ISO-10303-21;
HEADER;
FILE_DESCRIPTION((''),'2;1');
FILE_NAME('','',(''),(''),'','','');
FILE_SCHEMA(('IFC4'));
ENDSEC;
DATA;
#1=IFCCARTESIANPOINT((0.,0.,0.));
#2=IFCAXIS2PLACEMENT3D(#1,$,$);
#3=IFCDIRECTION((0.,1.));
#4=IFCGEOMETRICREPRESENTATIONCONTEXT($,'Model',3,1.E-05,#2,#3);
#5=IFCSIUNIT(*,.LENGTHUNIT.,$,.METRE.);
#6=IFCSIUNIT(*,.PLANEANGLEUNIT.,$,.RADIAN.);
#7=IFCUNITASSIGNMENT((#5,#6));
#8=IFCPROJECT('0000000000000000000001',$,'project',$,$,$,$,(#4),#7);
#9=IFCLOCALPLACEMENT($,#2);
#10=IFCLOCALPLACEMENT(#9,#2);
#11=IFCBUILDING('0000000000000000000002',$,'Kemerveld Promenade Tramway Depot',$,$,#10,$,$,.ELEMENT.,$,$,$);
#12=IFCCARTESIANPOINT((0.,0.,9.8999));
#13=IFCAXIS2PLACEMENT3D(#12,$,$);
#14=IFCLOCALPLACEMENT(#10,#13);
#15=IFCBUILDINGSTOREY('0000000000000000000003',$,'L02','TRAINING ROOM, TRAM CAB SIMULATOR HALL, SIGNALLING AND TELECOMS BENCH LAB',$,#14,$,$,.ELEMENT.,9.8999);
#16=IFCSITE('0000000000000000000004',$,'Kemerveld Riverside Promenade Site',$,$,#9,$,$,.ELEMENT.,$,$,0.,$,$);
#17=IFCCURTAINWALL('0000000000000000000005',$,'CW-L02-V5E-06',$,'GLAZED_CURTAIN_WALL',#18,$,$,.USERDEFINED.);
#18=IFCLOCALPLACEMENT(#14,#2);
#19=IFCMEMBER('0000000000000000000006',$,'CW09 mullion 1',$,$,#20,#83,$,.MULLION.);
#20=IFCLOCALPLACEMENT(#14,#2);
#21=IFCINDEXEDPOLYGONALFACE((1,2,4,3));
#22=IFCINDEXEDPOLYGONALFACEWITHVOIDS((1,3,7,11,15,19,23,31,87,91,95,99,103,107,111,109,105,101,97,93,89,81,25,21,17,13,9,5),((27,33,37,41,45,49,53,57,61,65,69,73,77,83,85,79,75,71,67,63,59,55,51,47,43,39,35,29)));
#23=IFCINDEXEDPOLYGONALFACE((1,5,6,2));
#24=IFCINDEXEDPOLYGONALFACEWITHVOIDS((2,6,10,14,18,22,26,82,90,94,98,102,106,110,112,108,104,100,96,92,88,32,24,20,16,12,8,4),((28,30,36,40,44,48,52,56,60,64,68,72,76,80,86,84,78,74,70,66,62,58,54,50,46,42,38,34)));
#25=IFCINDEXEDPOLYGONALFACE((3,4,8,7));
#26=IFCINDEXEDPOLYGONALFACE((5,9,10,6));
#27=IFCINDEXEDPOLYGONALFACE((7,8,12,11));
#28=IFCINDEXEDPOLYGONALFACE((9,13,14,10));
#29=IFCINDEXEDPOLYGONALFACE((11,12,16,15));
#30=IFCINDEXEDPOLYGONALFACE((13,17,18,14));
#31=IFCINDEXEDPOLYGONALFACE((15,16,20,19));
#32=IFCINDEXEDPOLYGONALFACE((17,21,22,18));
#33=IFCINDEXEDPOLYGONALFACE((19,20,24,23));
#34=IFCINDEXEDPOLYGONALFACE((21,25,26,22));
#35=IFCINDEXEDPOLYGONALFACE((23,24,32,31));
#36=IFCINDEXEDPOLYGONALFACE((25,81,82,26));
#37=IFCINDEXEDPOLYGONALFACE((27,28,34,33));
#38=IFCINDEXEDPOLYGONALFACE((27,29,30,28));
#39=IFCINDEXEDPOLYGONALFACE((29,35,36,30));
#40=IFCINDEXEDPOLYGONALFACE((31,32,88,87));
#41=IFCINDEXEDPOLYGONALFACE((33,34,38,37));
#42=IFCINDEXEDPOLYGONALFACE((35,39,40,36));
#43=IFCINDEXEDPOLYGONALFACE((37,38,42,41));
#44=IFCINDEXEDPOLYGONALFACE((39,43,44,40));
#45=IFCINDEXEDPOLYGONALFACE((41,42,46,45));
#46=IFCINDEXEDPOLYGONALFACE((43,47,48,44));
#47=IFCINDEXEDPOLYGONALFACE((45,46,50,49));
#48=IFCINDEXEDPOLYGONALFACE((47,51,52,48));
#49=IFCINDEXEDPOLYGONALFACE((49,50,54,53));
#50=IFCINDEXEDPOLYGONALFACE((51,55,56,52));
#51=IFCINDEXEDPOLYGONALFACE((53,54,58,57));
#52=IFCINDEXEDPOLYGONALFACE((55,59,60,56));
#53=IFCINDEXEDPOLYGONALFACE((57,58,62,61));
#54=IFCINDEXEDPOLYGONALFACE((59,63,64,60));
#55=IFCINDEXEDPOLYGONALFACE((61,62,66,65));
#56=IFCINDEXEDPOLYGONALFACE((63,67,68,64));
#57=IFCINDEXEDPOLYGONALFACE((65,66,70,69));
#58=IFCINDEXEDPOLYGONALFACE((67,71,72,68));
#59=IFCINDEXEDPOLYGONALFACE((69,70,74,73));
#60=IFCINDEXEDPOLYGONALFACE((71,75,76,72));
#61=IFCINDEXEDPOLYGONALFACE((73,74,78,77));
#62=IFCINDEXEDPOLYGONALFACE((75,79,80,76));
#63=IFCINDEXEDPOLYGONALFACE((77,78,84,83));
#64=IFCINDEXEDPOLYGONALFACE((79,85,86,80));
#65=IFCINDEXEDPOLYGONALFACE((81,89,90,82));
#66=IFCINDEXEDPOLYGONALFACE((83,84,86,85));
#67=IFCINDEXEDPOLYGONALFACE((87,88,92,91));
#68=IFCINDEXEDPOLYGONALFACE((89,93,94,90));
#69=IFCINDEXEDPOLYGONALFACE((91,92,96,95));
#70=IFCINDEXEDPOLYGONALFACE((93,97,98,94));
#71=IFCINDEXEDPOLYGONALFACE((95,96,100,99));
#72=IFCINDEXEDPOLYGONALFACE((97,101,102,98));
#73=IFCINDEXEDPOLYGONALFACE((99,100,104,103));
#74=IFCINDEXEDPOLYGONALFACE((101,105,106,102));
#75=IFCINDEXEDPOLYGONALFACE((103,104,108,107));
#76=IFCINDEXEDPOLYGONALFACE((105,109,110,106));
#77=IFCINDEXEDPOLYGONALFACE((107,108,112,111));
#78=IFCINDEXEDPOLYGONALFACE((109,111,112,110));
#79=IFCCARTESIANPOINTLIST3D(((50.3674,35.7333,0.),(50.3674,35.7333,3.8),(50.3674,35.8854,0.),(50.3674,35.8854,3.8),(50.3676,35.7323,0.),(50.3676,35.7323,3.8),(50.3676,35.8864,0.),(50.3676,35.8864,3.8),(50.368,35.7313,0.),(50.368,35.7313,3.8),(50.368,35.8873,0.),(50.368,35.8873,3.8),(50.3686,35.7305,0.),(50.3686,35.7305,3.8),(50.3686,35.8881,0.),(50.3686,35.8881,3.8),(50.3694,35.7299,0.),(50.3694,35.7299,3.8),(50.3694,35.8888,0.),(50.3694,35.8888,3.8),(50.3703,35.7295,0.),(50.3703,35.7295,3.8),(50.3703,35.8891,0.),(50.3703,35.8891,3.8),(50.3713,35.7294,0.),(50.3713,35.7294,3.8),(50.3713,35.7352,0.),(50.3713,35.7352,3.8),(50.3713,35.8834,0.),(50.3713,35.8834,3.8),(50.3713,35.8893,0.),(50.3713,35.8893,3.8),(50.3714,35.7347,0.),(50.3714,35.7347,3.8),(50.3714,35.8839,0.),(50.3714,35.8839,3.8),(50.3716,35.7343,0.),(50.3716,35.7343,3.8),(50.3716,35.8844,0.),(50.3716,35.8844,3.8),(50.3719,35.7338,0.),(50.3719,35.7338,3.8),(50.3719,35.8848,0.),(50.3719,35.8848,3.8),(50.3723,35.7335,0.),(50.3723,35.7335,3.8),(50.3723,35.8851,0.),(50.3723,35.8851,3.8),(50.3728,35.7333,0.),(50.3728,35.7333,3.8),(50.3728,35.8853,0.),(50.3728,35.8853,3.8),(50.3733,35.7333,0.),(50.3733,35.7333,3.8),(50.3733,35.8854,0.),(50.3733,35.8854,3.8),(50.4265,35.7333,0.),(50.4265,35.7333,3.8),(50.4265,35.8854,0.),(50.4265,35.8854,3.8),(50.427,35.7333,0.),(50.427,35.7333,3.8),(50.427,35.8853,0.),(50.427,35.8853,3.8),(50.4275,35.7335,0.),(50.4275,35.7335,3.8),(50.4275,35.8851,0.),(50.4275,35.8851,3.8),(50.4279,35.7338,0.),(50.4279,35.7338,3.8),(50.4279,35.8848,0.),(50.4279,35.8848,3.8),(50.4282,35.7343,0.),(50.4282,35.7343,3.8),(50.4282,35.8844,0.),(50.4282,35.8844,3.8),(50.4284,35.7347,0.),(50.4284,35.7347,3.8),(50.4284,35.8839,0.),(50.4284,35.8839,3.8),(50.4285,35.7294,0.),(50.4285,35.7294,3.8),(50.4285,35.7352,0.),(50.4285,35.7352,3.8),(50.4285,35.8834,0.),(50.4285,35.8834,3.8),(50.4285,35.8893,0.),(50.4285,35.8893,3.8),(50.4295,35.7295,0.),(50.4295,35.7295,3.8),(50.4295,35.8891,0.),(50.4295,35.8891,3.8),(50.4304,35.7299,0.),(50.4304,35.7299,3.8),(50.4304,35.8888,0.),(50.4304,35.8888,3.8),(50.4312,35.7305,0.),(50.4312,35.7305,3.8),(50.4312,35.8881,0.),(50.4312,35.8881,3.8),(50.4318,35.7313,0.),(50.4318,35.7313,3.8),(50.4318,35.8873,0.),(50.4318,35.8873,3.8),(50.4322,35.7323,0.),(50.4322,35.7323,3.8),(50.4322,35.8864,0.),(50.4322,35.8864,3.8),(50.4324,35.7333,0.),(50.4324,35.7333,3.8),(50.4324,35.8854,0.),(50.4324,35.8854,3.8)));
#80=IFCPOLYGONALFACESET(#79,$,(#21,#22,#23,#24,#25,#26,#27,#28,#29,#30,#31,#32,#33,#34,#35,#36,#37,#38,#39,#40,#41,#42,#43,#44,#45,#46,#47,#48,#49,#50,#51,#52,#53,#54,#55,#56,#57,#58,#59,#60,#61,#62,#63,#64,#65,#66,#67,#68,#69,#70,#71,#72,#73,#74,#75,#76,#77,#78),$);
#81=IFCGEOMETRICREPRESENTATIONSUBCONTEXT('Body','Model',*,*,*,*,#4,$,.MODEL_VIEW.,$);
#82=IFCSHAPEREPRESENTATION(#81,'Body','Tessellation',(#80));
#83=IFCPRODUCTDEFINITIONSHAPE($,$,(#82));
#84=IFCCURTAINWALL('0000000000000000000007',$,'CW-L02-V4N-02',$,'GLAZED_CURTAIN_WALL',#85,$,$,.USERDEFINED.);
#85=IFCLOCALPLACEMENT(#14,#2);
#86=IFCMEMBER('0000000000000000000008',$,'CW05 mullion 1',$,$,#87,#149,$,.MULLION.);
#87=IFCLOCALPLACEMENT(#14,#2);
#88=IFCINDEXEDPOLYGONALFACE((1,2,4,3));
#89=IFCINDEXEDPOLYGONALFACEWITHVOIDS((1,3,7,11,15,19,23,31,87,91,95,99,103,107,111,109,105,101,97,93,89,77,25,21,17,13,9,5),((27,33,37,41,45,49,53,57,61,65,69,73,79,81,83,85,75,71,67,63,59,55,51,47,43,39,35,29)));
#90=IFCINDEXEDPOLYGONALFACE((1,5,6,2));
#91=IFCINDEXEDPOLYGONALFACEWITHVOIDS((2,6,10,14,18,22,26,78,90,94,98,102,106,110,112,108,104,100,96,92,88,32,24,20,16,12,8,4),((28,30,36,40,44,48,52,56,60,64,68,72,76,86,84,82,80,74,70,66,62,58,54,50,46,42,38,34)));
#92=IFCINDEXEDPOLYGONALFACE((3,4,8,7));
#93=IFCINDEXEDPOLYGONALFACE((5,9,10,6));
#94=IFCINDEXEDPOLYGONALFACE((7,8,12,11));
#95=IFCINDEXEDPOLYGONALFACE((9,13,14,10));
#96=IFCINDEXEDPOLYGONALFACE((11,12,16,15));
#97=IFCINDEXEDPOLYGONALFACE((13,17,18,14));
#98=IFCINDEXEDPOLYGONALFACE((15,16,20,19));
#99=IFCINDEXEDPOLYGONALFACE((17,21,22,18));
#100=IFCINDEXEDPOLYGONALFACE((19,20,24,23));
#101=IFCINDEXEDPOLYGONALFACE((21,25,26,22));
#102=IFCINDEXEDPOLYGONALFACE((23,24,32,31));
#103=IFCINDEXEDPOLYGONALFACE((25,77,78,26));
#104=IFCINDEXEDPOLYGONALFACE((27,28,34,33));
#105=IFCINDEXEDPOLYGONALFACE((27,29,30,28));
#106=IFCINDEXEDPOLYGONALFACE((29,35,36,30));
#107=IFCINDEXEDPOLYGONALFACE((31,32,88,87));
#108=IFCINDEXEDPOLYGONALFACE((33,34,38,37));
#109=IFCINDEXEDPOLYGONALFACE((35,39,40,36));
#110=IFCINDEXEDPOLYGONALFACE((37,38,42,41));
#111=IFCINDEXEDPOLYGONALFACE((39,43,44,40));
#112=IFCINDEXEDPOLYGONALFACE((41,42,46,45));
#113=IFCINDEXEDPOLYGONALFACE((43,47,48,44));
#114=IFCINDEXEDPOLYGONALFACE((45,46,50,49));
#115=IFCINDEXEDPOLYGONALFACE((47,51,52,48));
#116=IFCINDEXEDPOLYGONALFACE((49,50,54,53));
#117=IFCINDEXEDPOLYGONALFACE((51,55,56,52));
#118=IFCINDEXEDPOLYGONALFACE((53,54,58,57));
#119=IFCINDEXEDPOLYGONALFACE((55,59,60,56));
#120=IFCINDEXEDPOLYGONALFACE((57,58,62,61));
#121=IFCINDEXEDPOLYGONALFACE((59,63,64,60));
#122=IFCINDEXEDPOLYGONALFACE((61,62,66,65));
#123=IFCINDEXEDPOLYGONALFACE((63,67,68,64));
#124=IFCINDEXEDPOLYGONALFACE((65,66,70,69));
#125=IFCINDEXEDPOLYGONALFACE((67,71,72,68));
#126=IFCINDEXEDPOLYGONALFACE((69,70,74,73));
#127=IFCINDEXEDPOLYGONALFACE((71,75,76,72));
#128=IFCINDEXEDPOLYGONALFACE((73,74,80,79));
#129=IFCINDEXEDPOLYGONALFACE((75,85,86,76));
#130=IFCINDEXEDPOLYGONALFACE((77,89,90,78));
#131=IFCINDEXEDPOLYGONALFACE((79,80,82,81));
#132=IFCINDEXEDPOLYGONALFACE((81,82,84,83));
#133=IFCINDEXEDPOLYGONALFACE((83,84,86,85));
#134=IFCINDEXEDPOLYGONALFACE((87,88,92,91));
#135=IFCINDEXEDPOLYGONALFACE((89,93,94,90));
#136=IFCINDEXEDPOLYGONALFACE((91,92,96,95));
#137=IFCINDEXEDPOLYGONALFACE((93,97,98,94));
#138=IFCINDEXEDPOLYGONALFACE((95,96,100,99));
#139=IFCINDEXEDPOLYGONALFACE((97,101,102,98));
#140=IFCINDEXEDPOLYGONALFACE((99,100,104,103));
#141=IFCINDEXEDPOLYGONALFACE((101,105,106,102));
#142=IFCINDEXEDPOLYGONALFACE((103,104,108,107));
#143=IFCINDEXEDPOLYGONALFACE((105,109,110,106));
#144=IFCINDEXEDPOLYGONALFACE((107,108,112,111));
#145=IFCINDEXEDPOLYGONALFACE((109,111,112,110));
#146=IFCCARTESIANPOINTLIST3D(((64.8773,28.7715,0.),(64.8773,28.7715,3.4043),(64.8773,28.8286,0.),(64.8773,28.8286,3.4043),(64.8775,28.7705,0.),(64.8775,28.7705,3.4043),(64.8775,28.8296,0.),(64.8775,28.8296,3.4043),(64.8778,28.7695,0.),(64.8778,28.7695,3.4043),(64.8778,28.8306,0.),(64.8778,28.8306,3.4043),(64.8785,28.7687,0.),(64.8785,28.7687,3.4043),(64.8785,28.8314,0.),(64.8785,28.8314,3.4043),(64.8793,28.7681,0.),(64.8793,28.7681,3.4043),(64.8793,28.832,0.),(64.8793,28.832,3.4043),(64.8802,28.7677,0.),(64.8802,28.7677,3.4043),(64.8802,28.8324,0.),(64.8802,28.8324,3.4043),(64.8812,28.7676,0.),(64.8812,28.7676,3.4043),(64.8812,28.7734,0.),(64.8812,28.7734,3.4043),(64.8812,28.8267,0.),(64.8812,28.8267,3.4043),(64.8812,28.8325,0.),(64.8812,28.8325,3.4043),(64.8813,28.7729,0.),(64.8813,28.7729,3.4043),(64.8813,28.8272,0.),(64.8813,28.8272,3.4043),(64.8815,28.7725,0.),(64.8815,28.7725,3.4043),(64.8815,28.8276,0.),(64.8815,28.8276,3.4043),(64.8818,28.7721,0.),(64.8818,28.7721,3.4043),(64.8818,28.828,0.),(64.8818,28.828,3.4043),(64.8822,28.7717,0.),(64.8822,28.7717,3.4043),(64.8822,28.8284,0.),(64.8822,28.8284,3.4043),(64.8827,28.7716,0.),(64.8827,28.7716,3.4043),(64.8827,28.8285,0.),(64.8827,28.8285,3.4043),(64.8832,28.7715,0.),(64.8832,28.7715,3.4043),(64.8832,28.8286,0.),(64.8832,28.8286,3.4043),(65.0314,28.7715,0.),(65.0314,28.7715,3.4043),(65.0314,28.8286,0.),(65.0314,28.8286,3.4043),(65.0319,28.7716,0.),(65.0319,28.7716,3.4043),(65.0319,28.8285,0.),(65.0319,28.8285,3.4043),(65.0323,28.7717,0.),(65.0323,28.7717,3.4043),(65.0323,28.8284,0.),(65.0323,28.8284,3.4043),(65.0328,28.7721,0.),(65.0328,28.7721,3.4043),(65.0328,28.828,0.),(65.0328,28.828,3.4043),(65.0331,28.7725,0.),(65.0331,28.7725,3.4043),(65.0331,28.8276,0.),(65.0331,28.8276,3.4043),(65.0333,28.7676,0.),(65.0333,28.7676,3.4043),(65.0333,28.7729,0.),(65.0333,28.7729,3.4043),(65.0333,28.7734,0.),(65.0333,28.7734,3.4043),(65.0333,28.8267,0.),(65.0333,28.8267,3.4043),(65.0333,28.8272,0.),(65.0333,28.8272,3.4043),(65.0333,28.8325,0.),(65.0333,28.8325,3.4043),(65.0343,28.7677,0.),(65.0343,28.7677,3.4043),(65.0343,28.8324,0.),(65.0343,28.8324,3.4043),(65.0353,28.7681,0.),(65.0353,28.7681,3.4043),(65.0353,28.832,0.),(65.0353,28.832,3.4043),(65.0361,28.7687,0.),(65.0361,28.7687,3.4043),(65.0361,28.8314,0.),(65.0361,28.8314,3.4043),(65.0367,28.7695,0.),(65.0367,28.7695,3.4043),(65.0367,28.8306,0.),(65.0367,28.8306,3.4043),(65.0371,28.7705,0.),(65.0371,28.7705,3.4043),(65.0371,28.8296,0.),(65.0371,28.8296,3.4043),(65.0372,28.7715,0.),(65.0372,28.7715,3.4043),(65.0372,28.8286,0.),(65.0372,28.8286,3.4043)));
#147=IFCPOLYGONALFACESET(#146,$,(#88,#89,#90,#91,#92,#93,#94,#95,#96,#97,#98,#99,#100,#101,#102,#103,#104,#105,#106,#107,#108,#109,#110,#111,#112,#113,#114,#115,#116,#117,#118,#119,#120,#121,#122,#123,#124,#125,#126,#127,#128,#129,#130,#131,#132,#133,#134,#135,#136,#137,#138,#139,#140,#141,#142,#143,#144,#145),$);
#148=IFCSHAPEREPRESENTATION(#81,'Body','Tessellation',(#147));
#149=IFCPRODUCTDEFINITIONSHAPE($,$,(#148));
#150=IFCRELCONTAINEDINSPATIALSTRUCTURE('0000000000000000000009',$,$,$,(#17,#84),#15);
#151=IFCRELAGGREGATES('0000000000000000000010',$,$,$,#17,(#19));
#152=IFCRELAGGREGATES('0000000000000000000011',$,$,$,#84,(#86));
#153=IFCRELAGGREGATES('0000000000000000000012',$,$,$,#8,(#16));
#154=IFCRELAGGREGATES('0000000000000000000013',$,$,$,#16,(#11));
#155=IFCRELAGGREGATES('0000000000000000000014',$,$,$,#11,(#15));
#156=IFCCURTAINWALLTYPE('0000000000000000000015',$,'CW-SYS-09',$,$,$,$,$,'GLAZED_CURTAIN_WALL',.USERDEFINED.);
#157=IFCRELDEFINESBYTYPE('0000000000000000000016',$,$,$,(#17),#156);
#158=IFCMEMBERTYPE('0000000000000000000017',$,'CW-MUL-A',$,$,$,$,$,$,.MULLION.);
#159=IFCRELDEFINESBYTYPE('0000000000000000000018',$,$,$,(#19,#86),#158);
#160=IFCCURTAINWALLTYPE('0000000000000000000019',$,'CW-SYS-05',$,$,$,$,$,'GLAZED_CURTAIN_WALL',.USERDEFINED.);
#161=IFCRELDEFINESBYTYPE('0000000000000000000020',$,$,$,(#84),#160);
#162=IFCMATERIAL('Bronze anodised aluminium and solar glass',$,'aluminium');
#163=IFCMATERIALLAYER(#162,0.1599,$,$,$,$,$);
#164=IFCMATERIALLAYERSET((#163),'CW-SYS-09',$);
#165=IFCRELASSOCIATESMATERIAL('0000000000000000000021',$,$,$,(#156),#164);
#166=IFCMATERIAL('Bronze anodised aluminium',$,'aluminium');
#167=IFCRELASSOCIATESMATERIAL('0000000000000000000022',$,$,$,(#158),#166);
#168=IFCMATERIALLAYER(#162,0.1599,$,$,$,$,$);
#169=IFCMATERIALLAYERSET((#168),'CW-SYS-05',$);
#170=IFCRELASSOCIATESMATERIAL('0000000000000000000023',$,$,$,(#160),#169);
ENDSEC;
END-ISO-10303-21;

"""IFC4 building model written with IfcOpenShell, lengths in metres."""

from ifc_helpers import new_model, si_unit, direction, frame, origin, origin_2d, place, context, subcontext, project, spatial, hollow_rectangle, extrude, material, layer, layer_set, material_profile, profile_set, type_object, element, aggregate, save


model = new_model("IFC4")

# Units and contexts
model_context = context("Model", 3, precision=1e-05, world=origin(), true_north=direction((0.0, 1.0)))
body_context = subcontext(model_context, "Body", "Model", "MODEL_VIEW")
ifc_project = project(units=[si_unit("LENGTHUNIT", "METRE"), si_unit("PLANEANGLEUNIT", "RADIAN")], contexts=[model_context])

# Site, building, storey
site_placement = place(None, origin())
site = spatial("IfcSite", under=ifc_project, at=site_placement, Name="Kemerveld Riverside Promenade Site", CompositionType="ELEMENT", RefElevation=0.0)
building_placement = place(site_placement, origin())
building = spatial("IfcBuilding", under=site, at=building_placement, Name="Kemerveld Promenade Tramway Depot", CompositionType="ELEMENT")
storey_placement = place(building_placement, frame((0.0, 0.0, 9.8999)))
storey = spatial("IfcBuildingStorey", under=building, at=storey_placement, Name="L02", Description="TRAINING ROOM, TRAM CAB SIMULATOR HALL, SIGNALLING AND TELECOMS BENCH LAB", CompositionType="ELEMENT", Elevation=9.8999)

# Curtain wall, member
ifc_material_1 = material(Name="Bronze anodised aluminium and solar glass", Category="aluminium")
ifc_layer_1 = layer(ifc_material_1, 0.1599)
ifc_layer_set_1 = layer_set([ifc_layer_1], Name="CW-SYS-09")
curtain_wall_type_1 = type_object("IfcCurtainWallType", Name="CW-SYS-09", ElementType="GLAZED_CURTAIN_WALL", PredefinedType="USERDEFINED", material=ifc_layer_set_1)
curtain_wall_1_placement = place(storey_placement, origin())
curtain_wall_1 = element("IfcCurtainWall", 1, at=curtain_wall_1_placement, inside=storey, type_object=curtain_wall_type_1, Name="CW-L02-V5E-06", ObjectType="GLAZED_CURTAIN_WALL", PredefinedType="USERDEFINED")
ifc_material_2 = material(Name="Bronze anodised aluminium", Category="aluminium")
ifc_material_profile_1 = material_profile(ifc_material_2, hollow_rectangle(XDim=0.0649, YDim=0.1599, WallThickness=0.0039, InnerFilletRadius=0.002, OuterFilletRadius=0.0039, at=origin_2d()), Name="CW-MUL-160x65")
ifc_profile_set_1 = profile_set([ifc_material_profile_1], Name="Bronze anodised aluminium")
member_type_1 = type_object("IfcMemberType", Name="CW-MUL-A", PredefinedType="MULLION", material=ifc_profile_set_1)
member_1_placement = place(storey_placement, frame((50.3999, 35.8093, 0.0), z_axis=(0.0, 0.0, 1.0), x_axis=(1.0, 0.0, 0.0)))
member_1 = element("IfcMember", 2, at=member_1_placement, type_object=member_type_1, Name="CW09 mullion 1", PredefinedType="MULLION", context=body_context, shape_type="SweptSolid", body=[
    extrude(hollow_rectangle(XDim=0.0649, YDim=0.1599, WallThickness=0.0039, InnerFilletRadius=0.002, OuterFilletRadius=0.0039, at=origin_2d()), origin(), (0.0, 0.0, 1.0), 3.8),
])

# Curtain wall, member
ifc_layer_2 = layer(ifc_material_1, 0.1599)
ifc_layer_set_2 = layer_set([ifc_layer_2], Name="CW-SYS-05")
curtain_wall_type_2 = type_object("IfcCurtainWallType", Name="CW-SYS-05", ElementType="GLAZED_CURTAIN_WALL", PredefinedType="USERDEFINED", material=ifc_layer_set_2)
curtain_wall_2_placement = place(storey_placement, origin())
curtain_wall_2 = element("IfcCurtainWall", 3, at=curtain_wall_2_placement, inside=storey, type_object=curtain_wall_type_2, Name="CW-L02-V4N-02", ObjectType="GLAZED_CURTAIN_WALL", PredefinedType="USERDEFINED")
member_2_placement = place(storey_placement, frame((64.9573, 28.8, 0.0), z_axis=(0.0, 0.0, 1.0), x_axis=(0.0, 1.0, 0.0)))
member_2 = element("IfcMember", 4, at=member_2_placement, type_object=member_type_1, Name="CW05 mullion 1", PredefinedType="MULLION", context=body_context, shape_type="SweptSolid", body=[
    extrude(hollow_rectangle(XDim=0.0649, YDim=0.1599, WallThickness=0.0039, InnerFilletRadius=0.002, OuterFilletRadius=0.0039, at=origin_2d()), origin(), (0.0, 0.0, 1.0), 3.4043),
])

aggregate(curtain_wall_1, [member_1])

aggregate(curtain_wall_2, [member_2])

save(model, "model.ifc")
